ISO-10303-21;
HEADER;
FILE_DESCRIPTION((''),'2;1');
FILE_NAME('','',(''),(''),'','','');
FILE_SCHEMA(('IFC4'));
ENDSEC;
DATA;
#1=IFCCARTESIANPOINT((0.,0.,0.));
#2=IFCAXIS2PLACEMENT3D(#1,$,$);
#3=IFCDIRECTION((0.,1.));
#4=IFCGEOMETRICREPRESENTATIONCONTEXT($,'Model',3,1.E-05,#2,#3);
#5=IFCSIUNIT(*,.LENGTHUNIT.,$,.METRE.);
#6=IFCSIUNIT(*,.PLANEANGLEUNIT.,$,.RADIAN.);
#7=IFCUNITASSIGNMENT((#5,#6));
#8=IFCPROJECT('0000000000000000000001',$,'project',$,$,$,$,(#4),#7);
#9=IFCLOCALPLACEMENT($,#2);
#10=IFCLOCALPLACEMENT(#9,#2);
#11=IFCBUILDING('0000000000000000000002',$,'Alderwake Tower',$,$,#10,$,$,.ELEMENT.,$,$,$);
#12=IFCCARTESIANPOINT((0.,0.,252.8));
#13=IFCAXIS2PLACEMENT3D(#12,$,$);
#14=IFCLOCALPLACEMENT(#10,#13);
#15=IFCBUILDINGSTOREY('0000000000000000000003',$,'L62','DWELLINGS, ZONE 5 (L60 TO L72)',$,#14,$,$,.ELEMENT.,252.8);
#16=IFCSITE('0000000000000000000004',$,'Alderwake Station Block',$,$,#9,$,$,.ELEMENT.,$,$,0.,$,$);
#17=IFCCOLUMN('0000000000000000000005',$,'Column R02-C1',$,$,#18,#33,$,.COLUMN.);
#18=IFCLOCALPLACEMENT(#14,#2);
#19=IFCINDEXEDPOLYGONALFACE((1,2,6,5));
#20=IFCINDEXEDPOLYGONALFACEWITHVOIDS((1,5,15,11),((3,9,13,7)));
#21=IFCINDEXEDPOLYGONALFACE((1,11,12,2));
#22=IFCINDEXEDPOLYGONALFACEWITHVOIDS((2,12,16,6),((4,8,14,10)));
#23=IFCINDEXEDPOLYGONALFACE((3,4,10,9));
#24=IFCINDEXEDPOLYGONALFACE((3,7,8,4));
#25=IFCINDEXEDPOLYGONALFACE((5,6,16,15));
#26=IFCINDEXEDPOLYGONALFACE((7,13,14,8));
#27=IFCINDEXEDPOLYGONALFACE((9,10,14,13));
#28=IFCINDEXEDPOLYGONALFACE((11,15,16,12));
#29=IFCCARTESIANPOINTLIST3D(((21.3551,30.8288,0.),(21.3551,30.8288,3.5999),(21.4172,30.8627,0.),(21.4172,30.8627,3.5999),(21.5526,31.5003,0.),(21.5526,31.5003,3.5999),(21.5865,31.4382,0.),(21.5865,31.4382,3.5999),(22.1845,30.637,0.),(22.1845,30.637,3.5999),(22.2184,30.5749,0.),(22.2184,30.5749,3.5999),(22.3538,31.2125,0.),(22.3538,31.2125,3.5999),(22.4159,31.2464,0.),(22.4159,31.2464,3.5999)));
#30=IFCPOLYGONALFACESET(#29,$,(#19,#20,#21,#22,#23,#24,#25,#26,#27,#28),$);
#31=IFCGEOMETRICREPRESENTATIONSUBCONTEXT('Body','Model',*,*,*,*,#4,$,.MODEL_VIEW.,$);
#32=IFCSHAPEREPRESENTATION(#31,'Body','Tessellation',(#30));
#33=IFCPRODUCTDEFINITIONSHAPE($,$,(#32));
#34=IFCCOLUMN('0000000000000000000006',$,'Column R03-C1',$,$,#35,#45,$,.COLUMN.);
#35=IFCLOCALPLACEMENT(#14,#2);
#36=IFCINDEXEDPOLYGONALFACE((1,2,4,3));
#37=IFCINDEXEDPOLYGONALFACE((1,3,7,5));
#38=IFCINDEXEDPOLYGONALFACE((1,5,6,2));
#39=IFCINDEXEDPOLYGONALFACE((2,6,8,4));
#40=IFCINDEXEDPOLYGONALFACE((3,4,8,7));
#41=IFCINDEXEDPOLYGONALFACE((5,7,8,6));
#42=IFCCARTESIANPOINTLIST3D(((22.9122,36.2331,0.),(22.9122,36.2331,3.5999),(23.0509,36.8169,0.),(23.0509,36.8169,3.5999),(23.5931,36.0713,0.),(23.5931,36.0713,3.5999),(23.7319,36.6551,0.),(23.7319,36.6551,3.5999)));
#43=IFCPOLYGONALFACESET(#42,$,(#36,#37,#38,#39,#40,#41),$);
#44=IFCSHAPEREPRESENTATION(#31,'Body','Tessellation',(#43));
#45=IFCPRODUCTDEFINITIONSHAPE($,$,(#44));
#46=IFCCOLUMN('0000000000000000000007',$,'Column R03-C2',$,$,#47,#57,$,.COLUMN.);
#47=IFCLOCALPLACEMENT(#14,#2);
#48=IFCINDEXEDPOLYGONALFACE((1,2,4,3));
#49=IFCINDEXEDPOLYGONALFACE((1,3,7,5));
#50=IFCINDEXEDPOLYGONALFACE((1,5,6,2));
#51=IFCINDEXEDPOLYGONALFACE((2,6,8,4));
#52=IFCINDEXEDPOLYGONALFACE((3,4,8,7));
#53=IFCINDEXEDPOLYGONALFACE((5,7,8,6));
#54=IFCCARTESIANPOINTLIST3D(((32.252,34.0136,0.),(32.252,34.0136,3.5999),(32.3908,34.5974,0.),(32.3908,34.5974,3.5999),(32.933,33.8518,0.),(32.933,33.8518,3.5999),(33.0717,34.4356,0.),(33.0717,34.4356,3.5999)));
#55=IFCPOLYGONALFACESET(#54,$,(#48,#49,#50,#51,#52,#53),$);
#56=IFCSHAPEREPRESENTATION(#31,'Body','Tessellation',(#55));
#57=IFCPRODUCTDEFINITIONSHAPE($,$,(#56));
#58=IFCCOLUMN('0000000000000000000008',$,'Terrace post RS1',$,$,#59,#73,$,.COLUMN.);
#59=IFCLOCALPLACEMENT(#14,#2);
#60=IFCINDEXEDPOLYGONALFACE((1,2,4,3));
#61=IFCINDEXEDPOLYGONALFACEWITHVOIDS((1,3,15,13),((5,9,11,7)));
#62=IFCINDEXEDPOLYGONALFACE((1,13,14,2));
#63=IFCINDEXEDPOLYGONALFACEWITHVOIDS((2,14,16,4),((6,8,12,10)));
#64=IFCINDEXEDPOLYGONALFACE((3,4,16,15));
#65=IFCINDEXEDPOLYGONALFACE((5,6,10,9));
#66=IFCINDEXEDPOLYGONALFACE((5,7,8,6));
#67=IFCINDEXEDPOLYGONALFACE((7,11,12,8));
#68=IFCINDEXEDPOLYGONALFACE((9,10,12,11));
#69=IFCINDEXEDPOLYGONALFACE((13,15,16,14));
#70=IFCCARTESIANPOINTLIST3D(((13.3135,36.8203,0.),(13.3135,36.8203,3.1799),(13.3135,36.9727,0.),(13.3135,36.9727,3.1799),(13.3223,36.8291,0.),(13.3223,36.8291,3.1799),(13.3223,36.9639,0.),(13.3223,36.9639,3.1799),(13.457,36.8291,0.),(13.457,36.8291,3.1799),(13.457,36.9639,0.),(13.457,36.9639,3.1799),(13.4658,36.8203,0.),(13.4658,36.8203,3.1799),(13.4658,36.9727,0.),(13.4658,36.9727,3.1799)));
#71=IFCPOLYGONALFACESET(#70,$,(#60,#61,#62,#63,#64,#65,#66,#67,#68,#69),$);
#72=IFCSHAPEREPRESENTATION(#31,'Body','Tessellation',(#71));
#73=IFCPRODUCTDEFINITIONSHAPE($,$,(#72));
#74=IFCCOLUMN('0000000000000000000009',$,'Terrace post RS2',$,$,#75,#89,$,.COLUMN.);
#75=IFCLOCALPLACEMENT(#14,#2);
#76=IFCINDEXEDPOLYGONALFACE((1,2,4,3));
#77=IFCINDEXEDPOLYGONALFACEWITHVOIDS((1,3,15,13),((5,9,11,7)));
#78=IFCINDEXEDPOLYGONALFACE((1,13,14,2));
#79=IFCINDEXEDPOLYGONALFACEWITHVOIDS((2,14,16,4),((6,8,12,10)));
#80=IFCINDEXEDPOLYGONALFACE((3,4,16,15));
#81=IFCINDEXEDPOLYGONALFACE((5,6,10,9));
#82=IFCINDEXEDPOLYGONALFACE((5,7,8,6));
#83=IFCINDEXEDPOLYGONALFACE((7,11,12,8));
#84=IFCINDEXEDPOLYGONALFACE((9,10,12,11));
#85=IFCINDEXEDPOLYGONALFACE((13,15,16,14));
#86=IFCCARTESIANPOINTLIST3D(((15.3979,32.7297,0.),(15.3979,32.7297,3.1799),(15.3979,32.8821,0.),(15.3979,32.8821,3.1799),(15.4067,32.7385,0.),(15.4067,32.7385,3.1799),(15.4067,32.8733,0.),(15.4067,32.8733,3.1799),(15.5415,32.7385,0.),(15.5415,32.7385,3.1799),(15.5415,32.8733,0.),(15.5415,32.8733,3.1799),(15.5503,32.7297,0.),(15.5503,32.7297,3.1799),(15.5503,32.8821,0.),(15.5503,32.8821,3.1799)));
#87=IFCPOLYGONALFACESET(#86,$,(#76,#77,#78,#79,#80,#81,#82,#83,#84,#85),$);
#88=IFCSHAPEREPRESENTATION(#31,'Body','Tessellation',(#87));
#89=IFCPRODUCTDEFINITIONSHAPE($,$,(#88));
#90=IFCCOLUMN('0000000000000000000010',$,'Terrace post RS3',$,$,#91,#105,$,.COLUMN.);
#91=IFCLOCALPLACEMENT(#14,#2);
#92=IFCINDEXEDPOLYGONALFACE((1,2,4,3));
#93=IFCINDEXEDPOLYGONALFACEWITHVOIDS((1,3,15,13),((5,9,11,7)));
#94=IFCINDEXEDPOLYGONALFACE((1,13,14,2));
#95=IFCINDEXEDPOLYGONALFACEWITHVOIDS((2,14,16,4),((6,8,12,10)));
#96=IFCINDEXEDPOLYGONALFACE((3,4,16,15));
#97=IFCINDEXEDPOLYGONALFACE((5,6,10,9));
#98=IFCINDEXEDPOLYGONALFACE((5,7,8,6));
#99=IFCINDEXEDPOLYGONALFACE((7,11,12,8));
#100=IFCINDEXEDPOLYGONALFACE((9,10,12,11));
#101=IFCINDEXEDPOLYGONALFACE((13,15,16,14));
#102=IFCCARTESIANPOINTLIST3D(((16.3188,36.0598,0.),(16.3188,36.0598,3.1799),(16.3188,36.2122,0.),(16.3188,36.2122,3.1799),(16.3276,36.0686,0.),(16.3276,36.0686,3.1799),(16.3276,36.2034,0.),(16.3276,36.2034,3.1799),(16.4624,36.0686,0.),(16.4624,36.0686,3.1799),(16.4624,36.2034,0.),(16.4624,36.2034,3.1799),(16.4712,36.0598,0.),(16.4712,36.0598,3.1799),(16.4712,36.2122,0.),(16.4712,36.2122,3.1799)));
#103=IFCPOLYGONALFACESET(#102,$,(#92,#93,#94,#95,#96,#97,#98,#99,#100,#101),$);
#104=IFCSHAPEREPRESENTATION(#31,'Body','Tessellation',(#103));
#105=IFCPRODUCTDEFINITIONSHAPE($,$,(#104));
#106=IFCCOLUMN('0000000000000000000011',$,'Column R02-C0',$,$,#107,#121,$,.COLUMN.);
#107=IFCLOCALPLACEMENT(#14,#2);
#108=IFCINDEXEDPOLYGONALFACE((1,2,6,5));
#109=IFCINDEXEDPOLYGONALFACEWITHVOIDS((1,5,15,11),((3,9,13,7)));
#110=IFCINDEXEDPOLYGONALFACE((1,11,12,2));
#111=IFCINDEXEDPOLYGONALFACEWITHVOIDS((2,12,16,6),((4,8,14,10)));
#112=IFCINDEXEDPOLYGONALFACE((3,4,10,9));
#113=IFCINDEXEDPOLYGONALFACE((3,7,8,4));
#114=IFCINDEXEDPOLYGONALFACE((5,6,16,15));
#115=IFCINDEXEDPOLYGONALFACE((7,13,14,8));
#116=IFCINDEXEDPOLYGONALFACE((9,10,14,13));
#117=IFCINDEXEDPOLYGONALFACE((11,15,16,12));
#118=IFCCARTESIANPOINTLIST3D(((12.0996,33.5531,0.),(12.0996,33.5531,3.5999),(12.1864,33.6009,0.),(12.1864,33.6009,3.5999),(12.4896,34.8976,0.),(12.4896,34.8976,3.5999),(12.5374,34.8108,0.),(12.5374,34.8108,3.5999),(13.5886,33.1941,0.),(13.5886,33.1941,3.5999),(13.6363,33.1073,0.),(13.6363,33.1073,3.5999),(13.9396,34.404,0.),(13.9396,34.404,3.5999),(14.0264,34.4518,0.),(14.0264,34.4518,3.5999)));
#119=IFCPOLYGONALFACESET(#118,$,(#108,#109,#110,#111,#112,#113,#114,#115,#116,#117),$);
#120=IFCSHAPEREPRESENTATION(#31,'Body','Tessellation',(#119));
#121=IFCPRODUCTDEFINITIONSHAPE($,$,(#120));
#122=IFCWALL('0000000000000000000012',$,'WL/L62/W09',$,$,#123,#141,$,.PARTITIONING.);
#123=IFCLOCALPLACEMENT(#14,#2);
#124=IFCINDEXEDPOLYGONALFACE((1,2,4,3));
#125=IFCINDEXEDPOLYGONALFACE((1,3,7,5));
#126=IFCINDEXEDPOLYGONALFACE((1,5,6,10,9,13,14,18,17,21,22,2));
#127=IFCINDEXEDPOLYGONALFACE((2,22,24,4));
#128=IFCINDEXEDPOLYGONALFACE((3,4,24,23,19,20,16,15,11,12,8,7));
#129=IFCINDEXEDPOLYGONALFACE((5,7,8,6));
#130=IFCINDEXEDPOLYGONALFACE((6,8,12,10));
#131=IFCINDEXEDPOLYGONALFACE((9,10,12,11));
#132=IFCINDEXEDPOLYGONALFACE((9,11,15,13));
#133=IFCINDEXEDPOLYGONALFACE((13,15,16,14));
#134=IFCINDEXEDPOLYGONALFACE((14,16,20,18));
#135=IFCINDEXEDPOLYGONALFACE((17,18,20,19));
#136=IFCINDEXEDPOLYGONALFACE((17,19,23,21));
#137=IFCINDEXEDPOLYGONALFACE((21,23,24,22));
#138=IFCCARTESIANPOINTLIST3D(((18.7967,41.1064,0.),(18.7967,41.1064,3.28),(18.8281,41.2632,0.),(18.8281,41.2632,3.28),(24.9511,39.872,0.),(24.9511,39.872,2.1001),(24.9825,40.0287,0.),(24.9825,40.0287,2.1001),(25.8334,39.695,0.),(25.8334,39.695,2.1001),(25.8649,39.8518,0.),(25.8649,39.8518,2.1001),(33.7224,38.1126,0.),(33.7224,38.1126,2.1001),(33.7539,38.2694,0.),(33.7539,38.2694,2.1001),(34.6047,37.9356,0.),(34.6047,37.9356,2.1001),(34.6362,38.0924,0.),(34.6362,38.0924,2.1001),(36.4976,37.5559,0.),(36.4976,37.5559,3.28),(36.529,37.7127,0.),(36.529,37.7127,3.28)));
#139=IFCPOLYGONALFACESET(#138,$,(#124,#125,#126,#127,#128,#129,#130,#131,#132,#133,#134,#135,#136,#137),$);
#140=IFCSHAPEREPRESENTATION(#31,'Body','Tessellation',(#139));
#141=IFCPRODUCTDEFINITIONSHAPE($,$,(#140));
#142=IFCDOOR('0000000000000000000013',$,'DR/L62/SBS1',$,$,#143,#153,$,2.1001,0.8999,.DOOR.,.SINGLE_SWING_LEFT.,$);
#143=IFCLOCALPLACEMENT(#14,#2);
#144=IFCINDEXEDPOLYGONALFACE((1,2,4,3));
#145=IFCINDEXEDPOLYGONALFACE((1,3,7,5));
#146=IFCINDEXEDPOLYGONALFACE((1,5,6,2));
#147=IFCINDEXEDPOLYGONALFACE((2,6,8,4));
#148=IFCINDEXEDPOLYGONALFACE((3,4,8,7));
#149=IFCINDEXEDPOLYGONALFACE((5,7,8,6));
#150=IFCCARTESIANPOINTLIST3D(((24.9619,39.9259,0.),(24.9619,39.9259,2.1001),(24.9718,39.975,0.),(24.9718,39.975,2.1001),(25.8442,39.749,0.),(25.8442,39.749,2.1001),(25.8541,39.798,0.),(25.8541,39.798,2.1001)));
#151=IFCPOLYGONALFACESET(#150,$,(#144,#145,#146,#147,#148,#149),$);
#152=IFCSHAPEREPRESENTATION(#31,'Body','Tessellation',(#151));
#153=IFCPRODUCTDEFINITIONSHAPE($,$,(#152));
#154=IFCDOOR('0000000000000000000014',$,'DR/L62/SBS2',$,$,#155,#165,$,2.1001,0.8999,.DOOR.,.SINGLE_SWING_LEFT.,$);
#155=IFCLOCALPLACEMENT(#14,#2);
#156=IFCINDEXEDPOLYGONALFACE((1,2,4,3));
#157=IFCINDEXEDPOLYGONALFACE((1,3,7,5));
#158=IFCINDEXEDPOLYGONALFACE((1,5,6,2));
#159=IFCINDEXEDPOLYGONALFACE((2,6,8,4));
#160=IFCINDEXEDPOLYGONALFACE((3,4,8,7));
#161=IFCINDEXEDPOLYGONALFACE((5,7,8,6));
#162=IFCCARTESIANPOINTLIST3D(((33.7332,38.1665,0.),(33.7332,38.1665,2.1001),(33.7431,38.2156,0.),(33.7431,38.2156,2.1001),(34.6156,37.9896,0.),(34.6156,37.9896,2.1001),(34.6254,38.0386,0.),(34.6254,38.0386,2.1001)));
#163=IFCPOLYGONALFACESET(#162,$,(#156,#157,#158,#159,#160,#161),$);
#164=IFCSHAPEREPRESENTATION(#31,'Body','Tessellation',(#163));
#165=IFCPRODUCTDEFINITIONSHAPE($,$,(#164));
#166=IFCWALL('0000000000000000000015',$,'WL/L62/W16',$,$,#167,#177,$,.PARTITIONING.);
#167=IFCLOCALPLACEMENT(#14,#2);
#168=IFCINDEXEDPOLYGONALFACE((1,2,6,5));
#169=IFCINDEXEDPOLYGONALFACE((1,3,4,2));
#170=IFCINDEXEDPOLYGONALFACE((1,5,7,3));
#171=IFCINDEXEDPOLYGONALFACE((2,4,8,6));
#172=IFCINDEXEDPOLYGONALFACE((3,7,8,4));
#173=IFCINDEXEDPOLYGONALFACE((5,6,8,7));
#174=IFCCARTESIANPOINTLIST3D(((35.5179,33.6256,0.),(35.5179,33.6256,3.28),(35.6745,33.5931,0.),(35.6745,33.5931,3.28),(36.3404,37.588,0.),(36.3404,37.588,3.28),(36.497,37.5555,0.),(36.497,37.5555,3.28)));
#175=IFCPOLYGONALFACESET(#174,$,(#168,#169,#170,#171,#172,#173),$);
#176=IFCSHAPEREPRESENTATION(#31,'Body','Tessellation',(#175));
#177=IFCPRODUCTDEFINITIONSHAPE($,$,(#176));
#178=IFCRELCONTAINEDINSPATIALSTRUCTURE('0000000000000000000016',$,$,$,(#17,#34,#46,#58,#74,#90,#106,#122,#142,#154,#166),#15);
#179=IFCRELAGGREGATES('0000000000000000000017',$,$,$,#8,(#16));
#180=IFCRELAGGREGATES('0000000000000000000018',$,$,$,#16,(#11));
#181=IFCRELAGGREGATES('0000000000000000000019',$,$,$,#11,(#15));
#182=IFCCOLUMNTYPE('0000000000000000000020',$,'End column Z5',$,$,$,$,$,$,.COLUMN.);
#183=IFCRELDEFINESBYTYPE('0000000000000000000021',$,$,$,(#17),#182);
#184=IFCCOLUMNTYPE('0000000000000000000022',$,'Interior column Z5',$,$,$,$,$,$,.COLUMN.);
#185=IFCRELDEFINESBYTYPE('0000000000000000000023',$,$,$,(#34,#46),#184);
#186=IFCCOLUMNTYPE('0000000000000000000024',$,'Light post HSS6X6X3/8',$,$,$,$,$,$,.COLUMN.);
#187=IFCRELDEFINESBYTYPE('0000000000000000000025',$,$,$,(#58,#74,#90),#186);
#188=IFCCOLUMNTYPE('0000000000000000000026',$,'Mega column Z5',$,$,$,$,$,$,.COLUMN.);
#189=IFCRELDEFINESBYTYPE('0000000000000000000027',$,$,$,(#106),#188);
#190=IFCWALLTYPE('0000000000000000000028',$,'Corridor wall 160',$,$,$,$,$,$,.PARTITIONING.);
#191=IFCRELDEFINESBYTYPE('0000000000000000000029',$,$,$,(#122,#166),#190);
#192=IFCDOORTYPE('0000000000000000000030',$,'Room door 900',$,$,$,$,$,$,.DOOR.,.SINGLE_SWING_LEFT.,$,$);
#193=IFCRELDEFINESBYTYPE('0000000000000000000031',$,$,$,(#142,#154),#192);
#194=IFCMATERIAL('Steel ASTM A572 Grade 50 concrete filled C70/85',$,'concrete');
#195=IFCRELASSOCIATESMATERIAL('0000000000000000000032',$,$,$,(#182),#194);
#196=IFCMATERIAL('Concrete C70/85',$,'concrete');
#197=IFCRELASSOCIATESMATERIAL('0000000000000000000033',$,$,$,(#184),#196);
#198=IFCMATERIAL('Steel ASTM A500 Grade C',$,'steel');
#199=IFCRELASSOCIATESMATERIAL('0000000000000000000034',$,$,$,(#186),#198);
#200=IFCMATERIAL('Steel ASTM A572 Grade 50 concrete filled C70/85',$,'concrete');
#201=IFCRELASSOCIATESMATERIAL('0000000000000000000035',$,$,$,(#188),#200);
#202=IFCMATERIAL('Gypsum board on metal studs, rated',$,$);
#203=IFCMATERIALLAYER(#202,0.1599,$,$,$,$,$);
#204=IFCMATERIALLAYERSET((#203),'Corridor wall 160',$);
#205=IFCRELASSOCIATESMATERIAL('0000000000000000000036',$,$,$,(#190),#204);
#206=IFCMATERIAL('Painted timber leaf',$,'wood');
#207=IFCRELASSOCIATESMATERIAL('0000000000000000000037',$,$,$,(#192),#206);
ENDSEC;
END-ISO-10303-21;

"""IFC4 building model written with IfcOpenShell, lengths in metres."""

from ifc_helpers import new_model, si_unit, direction, frame, frame_2d, origin, origin_2d, place, context, subcontext, project, spatial, rectangle, hollow_rectangle, extrude, material, layer, layer_set, material_profile, profile_set, type_object, element, fill, save


model = new_model("IFC4")

# Units and contexts
model_context = context("Model", 3, precision=1e-05, world=origin(), true_north=direction((0.0, 1.0)))
body_context = subcontext(model_context, "Body", "Model", "MODEL_VIEW")
ifc_project = project(units=[si_unit("LENGTHUNIT", "METRE"), si_unit("PLANEANGLEUNIT", "RADIAN")], contexts=[model_context])

# Site, building, storey
site_placement = place(None, origin())
site = spatial("IfcSite", under=ifc_project, at=site_placement, Name="Alderwake Station Block", CompositionType="ELEMENT", RefElevation=0.0)
building_placement = place(site_placement, origin())
building = spatial("IfcBuilding", under=site, at=building_placement, Name="Alderwake Tower", CompositionType="ELEMENT")
storey_placement = place(building_placement, frame((0.0, 0.0, 252.8)))
storey = spatial("IfcBuildingStorey", under=building, at=storey_placement, Name="L62", Description="DWELLINGS, ZONE 5 (L60 TO L72)", CompositionType="ELEMENT", Elevation=252.8)

# Columns
ifc_material_1 = material(Name="Steel ASTM A572 Grade 50 concrete filled C70/85", Category="concrete")
ifc_material_profile_1 = material_profile(ifc_material_1, hollow_rectangle(XDim=0.7, YDim=0.8999, WallThickness=0.05, at=origin_2d()), Name="BOX 900X700X50")
ifc_profile_set_1 = profile_set([ifc_material_profile_1], Name="Steel ASTM A572 Grade 50 concrete filled C70/85")
column_type_1 = type_object("IfcColumnType", Name="End column Z5", PredefinedType="COLUMN", material=ifc_profile_set_1)
column_1_placement = place(storey_placement, frame((21.8855, 31.0376, 0.0), z_axis=(0.0, 0.0, 1.0), x_axis=(0.282132, 0.959376, 0.0)))
element("IfcColumn", 1, at=column_1_placement, inside=storey, type_object=column_type_1, Name="Column R02-C1", PredefinedType="COLUMN", context=body_context, shape_type="SweptSolid", body=[
    extrude(hollow_rectangle(XDim=0.7, YDim=0.8999, WallThickness=0.05, at=origin_2d()), origin(), (0.0, 0.0, 1.0), 3.5999),
])
ifc_material_2 = material(Name="Concrete C70/85", Category="concrete")
ifc_material_profile_2 = material_profile(ifc_material_2, rectangle(XDim=0.6001, YDim=0.7, at=origin_2d()), Name="RC 700X600")
ifc_profile_set_2 = profile_set([ifc_material_profile_2], Name="Concrete C70/85")
column_type_2 = type_object("IfcColumnType", Name="Interior column Z5", PredefinedType="COLUMN", material=ifc_profile_set_2)
for number, where, z_axis, x_axis, name in (
    (2, (23.322, 36.4441, 0.0), (0.0, 0.0, 1.0), (0.231222, 0.972901, 0.0), "Column R03-C1"),
    (3, (32.6619, 34.2246, 0.0), (0.0, 0.0, 1.0), (0.231222, 0.972901, 0.0), "Column R03-C2"),
):
    element("IfcColumn", number, at=place(storey_placement, frame(where, z_axis=z_axis, x_axis=x_axis)), inside=storey, type_object=column_type_2, Name=name, PredefinedType="COLUMN", context=body_context, shape_type="SweptSolid", body=[
        extrude(rectangle(XDim=0.6001, YDim=0.7, at=origin_2d()), origin(), (0.0, 0.0, 1.0), 3.5999),
    ])
ifc_material_3 = material(Name="Steel ASTM A500 Grade C", Category="steel")
ifc_material_profile_3 = material_profile(ifc_material_3, hollow_rectangle(XDim=0.1523, YDim=0.1523, WallThickness=0.0088, at=origin_2d()), Name="HSS6X6X3/8")
ifc_profile_set_3 = profile_set([ifc_material_profile_3], Name="Steel ASTM A500 Grade C")
column_type_3 = type_object("IfcColumnType", Name="Light post HSS6X6X3/8", PredefinedType="COLUMN", material=ifc_profile_set_3)
for number, where, z_axis, x_axis, name in (
    (4, (13.3896, 36.8965, 0.0), (0.0, 0.0, 1.0), (1.0, 0.0, 0.0), "Terrace post RS1"),
    (5, (15.4741, 32.8059, 0.0), (0.0, 0.0, 1.0), (1.0, 0.0, 0.0), "Terrace post RS2"),
    (6, (16.395, 36.136, 0.0), (0.0, 0.0, 1.0), (1.0, 0.0, 0.0), "Terrace post RS3"),
):
    element("IfcColumn", number, at=place(storey_placement, frame(where, z_axis=z_axis, x_axis=x_axis)), inside=storey, type_object=column_type_3, Name=name, PredefinedType="COLUMN", context=body_context, shape_type="SweptSolid", body=[
        extrude(hollow_rectangle(XDim=0.1523, YDim=0.1523, WallThickness=0.0088, at=origin_2d()), origin(), (0.0, 0.0, 1.0), 3.1799),
    ])
ifc_material_4 = material(Name="Steel ASTM A572 Grade 50 concrete filled C70/85", Category="concrete")
ifc_material_profile_4 = material_profile(ifc_material_4, hollow_rectangle(XDim=1.3999, YDim=1.6001, WallThickness=0.0701, at=origin_2d()), Name="BOX 1600X1400X70")
ifc_profile_set_4 = profile_set([ifc_material_profile_4], Name="Steel ASTM A572 Grade 50 concrete filled C70/85")
column_type_4 = type_object("IfcColumnType", Name="Mega column Z5", PredefinedType="COLUMN", material=ifc_profile_set_4)
column_2_placement = place(storey_placement, frame((13.063, 34.0024, 0.0), z_axis=(0.0, 0.0, 1.0), x_axis=(0.278612, 0.960404, 0.0)))
element("IfcColumn", 7, at=column_2_placement, inside=storey, type_object=column_type_4, Name="Column R02-C0", PredefinedType="COLUMN", context=body_context, shape_type="SweptSolid", body=[
    extrude(hollow_rectangle(XDim=1.3999, YDim=1.6001, WallThickness=0.0701, at=origin_2d()), origin(), (0.0, 0.0, 1.0), 3.5999),
])

# Wall, openings, doors
ifc_material_5 = material(Name="Gypsum board on metal studs, rated")
ifc_layer_1 = layer(ifc_material_5, 0.1599)
ifc_layer_set_1 = layer_set([ifc_layer_1], Name="Corridor wall 160")
wall_type_1 = type_object("IfcWallType", Name="Corridor wall 160", PredefinedType="PARTITIONING", material=ifc_layer_set_1)
wall_1_placement = place(storey_placement, frame((36.5134, 37.6343, 0.0), z_axis=(0.0, 0.0, 1.0), x_axis=(-0.98047, 0.196667, 0.0)))
wall_1 = element("IfcWall", 8, at=wall_1_placement, inside=storey, type_object=wall_type_1, Name="WL/L62/W09", PredefinedType="PARTITIONING", context=body_context, shape_type="SweptSolid", body=[
    extrude(rectangle(XDim=18.0535, YDim=0.1599, at=frame_2d((9.0269, 0.0))), origin(), (0.0, 0.0, 1.0), 3.28),
])
opening_1_placement = place(wall_1_placement, frame((10.8767, 0.0, 0.0)))
opening_1 = element("IfcOpeningElement", 9, at=opening_1_placement, cuts=wall_1, PredefinedType="OPENING", context=body_context, shape_type="SweptSolid", body=[
    extrude(rectangle(XDim=0.8999, YDim=2.1001, at=frame_2d((0.45, 1.05))), frame((0.0, 0.0898, 0.0), z_axis=(0.0, -1.0, 0.0), x_axis=(1.0, 0.0, 0.0)), (0.0, 0.0, 1.0), 0.1799),
])
opening_2_placement = place(wall_1_placement, frame((1.9307, 0.0, 0.0)))
opening_2 = element("IfcOpeningElement", 10, at=opening_2_placement, cuts=wall_1, PredefinedType="OPENING", context=body_context, shape_type="SweptSolid", body=[
    extrude(rectangle(XDim=0.8999, YDim=2.1001, at=frame_2d((0.45, 1.05))), frame((0.0, 0.0898, 0.0), z_axis=(0.0, -1.0, 0.0), x_axis=(1.0, 0.0, 0.0)), (0.0, 0.0, 1.0), 0.1799),
])
ifc_material_6 = material(Name="Painted timber leaf", Category="wood")
door_type_1 = type_object("IfcDoorType", Name="Room door 900", OperationType="SINGLE_SWING_LEFT", PredefinedType="DOOR", material=ifc_material_6)
door_1_placement = place(opening_1_placement, origin())
door_1 = element("IfcDoor", 11, at=door_1_placement, inside=storey, type_object=door_type_1, Name="DR/L62/SBS1", OperationType="SINGLE_SWING_LEFT", OverallHeight=2.1001, OverallWidth=0.8999, PredefinedType="DOOR", context=body_context, shape_type="SweptSolid", body=[
    extrude(rectangle(XDim=0.8999, YDim=2.1001, at=frame_2d((0.45, 1.05))), frame((0.0, 0.0249, 0.0), z_axis=(0.0, -1.0, 0.0), x_axis=(1.0, 0.0, 0.0)), (0.0, 0.0, 1.0), 0.05),
])
fill(opening_1, door_1)
door_2_placement = place(opening_2_placement, origin())
door_2 = element("IfcDoor", 12, at=door_2_placement, inside=storey, type_object=door_type_1, Name="DR/L62/SBS2", OperationType="SINGLE_SWING_LEFT", OverallHeight=2.1001, OverallWidth=0.8999, PredefinedType="DOOR", context=body_context, shape_type="SweptSolid", body=[
    extrude(rectangle(XDim=0.8999, YDim=2.1001, at=frame_2d((0.45, 1.05))), frame((0.0, 0.0249, 0.0), z_axis=(0.0, -1.0, 0.0), x_axis=(1.0, 0.0, 0.0)), (0.0, 0.0, 1.0), 0.05),
])
fill(opening_2, door_2)

# Wall
wall_2_placement = place(storey_placement, frame((36.4187, 37.5718, 0.0), z_axis=(0.0, 0.0, 1.0), x_axis=(-0.203246, -0.979128, 0.0)))
element("IfcWall", 13, at=wall_2_placement, inside=storey, type_object=wall_type_1, Name="WL/L62/W16", PredefinedType="PARTITIONING", context=body_context, shape_type="SweptSolid", body=[
    extrude(rectangle(XDim=4.0469, YDim=0.1599, at=frame_2d((2.0234, 0.0))), origin(), (0.0, 0.0, 1.0), 3.28),
])

save(model, "model.ifc")
